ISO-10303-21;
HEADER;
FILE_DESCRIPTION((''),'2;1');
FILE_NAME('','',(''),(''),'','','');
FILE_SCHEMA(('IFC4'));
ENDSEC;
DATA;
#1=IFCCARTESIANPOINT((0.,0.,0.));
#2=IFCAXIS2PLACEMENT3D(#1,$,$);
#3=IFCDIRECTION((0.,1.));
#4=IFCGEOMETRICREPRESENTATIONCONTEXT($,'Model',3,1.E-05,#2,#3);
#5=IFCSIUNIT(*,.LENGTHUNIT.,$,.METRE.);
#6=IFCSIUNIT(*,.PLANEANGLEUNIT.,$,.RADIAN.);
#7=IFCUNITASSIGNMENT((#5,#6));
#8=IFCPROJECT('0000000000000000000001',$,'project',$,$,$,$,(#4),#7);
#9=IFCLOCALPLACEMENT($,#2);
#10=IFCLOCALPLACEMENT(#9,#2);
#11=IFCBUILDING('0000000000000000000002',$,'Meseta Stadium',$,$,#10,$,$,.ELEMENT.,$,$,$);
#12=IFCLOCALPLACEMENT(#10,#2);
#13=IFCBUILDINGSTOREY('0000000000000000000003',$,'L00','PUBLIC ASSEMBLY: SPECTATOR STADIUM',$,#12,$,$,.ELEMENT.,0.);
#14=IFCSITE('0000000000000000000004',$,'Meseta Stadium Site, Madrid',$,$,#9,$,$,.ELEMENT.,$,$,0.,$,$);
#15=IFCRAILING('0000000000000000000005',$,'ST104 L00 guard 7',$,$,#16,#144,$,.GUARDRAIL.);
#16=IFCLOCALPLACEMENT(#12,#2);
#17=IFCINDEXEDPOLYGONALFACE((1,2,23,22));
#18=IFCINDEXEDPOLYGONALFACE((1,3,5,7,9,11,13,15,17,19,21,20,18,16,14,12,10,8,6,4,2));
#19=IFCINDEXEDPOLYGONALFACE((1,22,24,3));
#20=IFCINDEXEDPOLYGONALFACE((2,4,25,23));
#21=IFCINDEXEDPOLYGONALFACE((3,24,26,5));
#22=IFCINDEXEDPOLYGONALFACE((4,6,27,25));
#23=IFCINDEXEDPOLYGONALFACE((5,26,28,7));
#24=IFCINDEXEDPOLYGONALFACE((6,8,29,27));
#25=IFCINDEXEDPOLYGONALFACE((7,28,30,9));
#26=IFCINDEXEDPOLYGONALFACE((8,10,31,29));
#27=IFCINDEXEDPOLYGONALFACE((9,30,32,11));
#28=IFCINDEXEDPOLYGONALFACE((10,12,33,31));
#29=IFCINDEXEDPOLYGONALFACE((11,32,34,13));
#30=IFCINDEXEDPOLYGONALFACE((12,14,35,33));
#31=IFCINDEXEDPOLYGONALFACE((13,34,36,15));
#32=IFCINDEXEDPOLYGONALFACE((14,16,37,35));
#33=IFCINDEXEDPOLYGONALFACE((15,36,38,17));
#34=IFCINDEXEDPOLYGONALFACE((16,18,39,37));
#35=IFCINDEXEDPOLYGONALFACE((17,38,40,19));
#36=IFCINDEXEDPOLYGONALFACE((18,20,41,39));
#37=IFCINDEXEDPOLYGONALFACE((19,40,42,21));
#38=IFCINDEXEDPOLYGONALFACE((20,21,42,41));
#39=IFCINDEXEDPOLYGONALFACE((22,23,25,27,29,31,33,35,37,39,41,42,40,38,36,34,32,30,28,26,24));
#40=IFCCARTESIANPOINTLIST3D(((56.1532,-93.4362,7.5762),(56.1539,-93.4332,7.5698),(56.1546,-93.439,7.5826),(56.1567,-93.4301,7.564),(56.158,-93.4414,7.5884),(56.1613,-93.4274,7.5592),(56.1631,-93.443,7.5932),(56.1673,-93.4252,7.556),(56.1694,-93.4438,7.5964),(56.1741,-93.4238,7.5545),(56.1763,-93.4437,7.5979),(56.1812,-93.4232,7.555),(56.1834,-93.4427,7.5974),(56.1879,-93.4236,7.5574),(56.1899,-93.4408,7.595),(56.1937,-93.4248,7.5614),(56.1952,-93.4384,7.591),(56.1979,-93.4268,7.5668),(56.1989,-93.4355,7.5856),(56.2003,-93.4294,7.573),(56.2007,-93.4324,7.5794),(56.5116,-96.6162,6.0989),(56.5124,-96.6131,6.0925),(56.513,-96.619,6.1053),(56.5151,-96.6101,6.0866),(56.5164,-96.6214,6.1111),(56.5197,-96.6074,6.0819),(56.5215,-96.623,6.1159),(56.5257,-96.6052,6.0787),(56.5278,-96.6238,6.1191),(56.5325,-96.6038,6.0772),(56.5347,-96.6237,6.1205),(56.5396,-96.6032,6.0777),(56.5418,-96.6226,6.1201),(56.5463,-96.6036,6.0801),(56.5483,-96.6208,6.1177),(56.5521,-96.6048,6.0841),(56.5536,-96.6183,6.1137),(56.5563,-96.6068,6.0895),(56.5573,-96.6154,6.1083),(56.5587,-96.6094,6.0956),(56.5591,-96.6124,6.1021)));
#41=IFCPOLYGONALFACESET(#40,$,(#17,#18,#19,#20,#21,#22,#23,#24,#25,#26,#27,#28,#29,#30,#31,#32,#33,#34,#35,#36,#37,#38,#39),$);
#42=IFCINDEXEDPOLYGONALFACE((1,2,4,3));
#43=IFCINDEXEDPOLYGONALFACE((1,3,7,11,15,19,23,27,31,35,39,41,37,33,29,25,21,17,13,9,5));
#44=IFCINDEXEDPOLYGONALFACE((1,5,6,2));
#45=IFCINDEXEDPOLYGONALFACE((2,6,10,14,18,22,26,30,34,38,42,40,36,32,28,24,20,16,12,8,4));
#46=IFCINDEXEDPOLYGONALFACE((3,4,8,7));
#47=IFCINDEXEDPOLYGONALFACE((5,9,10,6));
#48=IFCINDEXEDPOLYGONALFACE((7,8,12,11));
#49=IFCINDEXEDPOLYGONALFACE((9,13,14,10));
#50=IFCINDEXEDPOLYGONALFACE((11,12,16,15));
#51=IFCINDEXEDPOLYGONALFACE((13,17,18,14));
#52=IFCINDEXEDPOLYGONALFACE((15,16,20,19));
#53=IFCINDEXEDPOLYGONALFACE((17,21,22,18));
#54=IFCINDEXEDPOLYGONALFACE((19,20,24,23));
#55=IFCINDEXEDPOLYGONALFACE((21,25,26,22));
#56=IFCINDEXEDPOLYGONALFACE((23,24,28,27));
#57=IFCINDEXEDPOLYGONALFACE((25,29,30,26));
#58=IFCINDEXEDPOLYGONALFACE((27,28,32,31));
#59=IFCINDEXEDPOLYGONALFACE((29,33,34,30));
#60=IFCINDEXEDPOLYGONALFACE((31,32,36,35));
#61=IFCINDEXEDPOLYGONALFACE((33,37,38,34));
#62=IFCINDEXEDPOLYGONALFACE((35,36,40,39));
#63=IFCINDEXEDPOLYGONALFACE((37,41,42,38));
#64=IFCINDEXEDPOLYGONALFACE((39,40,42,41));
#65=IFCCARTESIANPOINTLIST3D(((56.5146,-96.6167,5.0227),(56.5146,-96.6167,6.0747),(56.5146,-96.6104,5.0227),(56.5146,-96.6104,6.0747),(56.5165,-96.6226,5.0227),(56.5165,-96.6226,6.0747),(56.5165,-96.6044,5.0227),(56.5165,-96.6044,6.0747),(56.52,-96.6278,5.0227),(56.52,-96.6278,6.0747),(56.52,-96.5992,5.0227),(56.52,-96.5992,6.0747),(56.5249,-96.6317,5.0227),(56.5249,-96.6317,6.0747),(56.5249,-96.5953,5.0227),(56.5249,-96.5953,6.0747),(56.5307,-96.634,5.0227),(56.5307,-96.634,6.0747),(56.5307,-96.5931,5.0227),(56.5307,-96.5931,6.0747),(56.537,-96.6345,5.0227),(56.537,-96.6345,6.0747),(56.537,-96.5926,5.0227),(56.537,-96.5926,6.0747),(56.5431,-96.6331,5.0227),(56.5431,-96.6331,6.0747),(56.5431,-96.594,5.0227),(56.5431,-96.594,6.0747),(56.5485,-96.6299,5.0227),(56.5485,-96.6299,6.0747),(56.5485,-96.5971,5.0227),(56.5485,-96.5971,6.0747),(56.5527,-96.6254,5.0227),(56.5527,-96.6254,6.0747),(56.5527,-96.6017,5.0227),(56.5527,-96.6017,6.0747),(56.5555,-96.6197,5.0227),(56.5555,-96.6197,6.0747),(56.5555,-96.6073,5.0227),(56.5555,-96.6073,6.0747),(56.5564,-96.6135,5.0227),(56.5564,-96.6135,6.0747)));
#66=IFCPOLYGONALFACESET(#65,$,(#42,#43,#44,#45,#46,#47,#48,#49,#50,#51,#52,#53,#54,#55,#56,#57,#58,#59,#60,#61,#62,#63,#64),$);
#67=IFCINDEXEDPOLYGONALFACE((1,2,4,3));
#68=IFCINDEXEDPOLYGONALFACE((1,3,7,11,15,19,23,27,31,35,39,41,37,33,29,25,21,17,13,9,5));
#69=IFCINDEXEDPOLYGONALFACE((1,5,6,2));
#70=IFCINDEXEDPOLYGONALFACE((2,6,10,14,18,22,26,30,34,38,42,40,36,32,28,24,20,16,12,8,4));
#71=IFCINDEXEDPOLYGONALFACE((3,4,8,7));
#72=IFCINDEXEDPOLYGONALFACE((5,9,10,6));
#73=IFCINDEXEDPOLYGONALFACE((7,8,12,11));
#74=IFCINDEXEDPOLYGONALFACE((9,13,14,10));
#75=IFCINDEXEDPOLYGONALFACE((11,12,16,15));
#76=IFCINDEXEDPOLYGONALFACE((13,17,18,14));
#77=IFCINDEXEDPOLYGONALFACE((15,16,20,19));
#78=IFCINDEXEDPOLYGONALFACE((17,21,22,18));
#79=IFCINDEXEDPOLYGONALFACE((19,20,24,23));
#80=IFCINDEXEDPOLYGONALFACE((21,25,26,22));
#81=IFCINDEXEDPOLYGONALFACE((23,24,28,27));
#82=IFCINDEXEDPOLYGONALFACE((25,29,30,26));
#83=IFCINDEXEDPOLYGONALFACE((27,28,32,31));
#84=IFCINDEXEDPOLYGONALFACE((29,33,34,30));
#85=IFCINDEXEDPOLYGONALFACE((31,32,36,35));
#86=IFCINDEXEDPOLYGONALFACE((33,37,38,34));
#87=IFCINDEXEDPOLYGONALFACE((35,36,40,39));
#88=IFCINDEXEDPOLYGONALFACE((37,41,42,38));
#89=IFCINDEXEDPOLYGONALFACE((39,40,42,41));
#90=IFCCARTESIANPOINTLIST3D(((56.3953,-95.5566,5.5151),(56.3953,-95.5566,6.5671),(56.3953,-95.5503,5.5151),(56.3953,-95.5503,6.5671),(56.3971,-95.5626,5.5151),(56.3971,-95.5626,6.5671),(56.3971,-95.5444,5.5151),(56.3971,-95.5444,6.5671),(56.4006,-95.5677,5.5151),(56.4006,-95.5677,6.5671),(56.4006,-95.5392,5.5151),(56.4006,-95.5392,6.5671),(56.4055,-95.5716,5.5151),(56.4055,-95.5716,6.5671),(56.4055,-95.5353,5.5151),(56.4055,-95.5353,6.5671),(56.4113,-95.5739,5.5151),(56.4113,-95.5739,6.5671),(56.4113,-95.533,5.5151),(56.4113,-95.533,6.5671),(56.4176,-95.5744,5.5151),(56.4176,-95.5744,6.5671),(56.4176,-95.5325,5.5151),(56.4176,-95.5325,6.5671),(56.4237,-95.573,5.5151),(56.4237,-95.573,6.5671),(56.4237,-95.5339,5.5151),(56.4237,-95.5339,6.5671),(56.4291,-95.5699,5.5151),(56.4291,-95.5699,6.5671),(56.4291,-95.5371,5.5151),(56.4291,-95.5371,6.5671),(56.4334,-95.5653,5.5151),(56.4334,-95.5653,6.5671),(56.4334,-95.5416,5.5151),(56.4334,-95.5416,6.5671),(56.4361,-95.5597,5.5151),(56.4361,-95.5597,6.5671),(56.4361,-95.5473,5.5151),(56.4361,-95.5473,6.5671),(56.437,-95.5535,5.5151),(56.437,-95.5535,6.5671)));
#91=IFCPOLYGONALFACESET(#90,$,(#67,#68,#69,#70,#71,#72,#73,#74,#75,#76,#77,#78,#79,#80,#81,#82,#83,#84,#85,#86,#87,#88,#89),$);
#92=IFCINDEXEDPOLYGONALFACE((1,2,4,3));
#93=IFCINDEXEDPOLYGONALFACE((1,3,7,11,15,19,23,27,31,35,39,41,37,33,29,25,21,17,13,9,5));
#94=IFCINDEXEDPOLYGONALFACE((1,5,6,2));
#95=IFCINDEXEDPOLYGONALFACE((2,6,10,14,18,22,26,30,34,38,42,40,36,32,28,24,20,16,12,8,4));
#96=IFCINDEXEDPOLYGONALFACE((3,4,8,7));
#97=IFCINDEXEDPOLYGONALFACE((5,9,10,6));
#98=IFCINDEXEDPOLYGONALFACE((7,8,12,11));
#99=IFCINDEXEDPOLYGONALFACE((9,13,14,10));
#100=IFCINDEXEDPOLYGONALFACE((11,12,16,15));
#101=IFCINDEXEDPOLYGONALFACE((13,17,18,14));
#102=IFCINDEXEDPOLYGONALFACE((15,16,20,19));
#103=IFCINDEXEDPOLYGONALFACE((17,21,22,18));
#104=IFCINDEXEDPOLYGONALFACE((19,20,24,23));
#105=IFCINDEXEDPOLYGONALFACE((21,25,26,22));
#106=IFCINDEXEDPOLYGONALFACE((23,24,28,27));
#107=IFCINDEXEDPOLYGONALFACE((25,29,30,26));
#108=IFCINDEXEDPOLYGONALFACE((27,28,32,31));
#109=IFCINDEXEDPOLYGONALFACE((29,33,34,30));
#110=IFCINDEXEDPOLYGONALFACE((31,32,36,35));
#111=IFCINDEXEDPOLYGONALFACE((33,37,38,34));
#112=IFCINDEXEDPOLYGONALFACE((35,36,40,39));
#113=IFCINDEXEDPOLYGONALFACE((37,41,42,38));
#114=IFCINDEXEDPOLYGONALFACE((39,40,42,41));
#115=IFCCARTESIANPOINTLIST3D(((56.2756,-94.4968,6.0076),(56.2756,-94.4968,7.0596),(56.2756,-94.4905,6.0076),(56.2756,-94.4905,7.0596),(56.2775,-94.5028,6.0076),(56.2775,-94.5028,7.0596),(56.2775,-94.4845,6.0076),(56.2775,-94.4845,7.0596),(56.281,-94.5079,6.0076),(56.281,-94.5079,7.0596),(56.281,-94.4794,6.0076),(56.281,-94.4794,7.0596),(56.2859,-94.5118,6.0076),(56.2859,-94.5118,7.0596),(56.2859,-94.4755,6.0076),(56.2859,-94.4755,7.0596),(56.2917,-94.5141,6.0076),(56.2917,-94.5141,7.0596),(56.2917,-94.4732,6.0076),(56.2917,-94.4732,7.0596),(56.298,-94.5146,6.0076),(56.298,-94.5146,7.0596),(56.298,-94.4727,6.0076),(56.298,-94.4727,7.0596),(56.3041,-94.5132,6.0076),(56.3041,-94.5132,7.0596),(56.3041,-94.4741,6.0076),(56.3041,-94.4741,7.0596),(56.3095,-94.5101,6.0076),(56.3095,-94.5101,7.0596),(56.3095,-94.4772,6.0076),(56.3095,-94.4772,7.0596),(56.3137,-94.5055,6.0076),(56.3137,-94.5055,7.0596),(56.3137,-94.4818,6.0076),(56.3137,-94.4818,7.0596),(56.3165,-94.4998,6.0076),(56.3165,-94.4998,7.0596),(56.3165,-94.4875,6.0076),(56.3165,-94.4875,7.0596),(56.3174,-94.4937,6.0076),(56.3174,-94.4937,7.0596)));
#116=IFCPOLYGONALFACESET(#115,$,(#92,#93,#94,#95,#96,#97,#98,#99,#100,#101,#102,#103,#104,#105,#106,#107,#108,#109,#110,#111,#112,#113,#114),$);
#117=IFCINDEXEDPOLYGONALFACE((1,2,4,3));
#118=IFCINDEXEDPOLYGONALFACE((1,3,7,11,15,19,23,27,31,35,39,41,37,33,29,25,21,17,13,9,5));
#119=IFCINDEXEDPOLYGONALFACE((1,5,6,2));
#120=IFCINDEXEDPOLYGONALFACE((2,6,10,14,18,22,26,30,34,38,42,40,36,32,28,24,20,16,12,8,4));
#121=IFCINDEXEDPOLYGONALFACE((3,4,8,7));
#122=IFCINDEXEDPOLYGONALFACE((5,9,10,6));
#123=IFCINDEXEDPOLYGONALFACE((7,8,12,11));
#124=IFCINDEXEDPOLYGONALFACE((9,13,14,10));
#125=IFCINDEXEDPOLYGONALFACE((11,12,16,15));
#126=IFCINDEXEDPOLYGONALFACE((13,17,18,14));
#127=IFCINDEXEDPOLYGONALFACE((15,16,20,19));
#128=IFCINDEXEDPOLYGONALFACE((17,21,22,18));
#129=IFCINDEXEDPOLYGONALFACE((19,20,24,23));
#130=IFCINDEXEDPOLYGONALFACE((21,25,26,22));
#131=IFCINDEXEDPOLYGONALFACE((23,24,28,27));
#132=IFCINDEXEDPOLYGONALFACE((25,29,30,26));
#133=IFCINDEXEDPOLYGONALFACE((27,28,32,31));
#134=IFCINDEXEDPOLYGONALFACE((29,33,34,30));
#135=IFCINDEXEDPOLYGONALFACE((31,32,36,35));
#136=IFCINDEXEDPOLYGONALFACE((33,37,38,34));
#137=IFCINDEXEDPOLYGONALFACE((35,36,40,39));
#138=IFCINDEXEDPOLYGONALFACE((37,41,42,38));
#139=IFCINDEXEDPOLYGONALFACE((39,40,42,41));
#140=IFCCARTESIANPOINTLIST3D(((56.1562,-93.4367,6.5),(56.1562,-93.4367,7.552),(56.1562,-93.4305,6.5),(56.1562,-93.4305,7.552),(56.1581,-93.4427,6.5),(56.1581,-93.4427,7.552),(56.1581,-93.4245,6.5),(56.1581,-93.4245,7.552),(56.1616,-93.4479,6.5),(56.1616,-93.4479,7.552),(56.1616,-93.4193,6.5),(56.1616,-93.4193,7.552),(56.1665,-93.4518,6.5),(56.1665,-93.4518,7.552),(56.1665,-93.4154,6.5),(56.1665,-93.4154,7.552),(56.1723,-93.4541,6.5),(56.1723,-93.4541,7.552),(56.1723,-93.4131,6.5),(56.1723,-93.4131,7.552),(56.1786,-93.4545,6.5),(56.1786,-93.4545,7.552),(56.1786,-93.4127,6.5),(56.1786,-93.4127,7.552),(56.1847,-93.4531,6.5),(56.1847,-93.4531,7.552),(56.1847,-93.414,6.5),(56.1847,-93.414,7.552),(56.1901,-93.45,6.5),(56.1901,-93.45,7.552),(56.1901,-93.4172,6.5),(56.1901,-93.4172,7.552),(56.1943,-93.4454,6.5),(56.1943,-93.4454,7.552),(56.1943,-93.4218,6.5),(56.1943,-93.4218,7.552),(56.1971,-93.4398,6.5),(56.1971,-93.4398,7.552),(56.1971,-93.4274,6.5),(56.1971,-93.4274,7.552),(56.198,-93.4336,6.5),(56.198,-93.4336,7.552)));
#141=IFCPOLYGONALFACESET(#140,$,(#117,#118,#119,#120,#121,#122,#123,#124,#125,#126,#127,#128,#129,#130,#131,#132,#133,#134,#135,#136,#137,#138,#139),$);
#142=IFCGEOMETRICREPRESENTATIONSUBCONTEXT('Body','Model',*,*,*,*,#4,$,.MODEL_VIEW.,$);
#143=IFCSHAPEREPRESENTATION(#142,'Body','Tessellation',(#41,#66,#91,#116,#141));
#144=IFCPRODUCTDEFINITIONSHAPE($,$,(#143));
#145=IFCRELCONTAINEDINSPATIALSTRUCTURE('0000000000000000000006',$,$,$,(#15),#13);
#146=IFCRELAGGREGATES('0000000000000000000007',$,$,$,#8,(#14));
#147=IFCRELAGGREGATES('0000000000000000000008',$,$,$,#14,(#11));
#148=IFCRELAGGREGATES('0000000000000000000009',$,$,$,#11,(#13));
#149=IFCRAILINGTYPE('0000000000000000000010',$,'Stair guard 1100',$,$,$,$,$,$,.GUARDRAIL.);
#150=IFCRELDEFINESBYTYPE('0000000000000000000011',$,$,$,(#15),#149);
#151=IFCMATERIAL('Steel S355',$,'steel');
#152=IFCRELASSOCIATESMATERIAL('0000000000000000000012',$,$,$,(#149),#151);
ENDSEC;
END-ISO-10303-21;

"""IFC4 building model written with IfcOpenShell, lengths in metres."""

from ifc_helpers import new_model, si_unit, direction, frame, origin, origin_2d, place, context, subcontext, project, spatial, circle, extrude, material, type_object, element, save


model = new_model("IFC4")

# Units and contexts
model_context = context("Model", 3, precision=1e-05, world=origin(), true_north=direction((0.0, 1.0)))
body_context = subcontext(model_context, "Body", "Model", "MODEL_VIEW")
ifc_project = project(units=[si_unit("LENGTHUNIT", "METRE"), si_unit("PLANEANGLEUNIT", "RADIAN")], contexts=[model_context])

# Site, building, storey
site_placement = place(None, origin())
site = spatial("IfcSite", under=ifc_project, at=site_placement, Name="Meseta Stadium Site, Madrid", CompositionType="ELEMENT", RefElevation=0.0)
building_placement = place(site_placement, origin())
building = spatial("IfcBuilding", under=site, at=building_placement, Name="Meseta Stadium", CompositionType="ELEMENT")
storey_placement = place(building_placement, origin())
storey = spatial("IfcBuildingStorey", under=building, at=storey_placement, Name="L00", Description="PUBLIC ASSEMBLY: SPECTATOR STADIUM", CompositionType="ELEMENT", Elevation=0.0)

# Railing
ifc_material_1 = material(Name="Steel S355", Category="steel")
railing_type_1 = type_object("IfcRailingType", Name="Stair guard 1100", PredefinedType="GUARDRAIL", material=ifc_material_1)
railing_1_placement = place(storey_placement, frame((56.5354, -96.6135, 5.0227)))
element("IfcRailing", 1, at=railing_1_placement, inside=storey, type_object=railing_type_1, Name="ST104 L00 guard 7", PredefinedType="GUARDRAIL", context=body_context, shape_type="SweptSolid", body=[
    extrude(circle(Radius=0.0239, at=origin_2d()), frame((0.0, 0.0, 1.0762), z_axis=(-0.101685, 0.90221, 0.419138), x_axis=(-0.993709, -0.111997, 0.0)), (0.0, 0.0, 1.0), 3.5247),
    extrude(circle(Radius=0.021, at=origin_2d()), origin(), (0.0, 0.0, 1.0), 1.052),
    extrude(circle(Radius=0.021, at=origin_2d()), frame((-0.1194, 1.0601, 0.4924)), (0.0, 0.0, 1.0), 1.052),
    extrude(circle(Radius=0.021, at=origin_2d()), frame((-0.239, 2.1199, 0.9849)), (0.0, 0.0, 1.0), 1.052),
    extrude(circle(Radius=0.021, at=origin_2d()), frame((-0.3584, 3.1799, 1.4773)), (0.0, 0.0, 1.0), 1.052),
])

save(model, "model.ifc")
